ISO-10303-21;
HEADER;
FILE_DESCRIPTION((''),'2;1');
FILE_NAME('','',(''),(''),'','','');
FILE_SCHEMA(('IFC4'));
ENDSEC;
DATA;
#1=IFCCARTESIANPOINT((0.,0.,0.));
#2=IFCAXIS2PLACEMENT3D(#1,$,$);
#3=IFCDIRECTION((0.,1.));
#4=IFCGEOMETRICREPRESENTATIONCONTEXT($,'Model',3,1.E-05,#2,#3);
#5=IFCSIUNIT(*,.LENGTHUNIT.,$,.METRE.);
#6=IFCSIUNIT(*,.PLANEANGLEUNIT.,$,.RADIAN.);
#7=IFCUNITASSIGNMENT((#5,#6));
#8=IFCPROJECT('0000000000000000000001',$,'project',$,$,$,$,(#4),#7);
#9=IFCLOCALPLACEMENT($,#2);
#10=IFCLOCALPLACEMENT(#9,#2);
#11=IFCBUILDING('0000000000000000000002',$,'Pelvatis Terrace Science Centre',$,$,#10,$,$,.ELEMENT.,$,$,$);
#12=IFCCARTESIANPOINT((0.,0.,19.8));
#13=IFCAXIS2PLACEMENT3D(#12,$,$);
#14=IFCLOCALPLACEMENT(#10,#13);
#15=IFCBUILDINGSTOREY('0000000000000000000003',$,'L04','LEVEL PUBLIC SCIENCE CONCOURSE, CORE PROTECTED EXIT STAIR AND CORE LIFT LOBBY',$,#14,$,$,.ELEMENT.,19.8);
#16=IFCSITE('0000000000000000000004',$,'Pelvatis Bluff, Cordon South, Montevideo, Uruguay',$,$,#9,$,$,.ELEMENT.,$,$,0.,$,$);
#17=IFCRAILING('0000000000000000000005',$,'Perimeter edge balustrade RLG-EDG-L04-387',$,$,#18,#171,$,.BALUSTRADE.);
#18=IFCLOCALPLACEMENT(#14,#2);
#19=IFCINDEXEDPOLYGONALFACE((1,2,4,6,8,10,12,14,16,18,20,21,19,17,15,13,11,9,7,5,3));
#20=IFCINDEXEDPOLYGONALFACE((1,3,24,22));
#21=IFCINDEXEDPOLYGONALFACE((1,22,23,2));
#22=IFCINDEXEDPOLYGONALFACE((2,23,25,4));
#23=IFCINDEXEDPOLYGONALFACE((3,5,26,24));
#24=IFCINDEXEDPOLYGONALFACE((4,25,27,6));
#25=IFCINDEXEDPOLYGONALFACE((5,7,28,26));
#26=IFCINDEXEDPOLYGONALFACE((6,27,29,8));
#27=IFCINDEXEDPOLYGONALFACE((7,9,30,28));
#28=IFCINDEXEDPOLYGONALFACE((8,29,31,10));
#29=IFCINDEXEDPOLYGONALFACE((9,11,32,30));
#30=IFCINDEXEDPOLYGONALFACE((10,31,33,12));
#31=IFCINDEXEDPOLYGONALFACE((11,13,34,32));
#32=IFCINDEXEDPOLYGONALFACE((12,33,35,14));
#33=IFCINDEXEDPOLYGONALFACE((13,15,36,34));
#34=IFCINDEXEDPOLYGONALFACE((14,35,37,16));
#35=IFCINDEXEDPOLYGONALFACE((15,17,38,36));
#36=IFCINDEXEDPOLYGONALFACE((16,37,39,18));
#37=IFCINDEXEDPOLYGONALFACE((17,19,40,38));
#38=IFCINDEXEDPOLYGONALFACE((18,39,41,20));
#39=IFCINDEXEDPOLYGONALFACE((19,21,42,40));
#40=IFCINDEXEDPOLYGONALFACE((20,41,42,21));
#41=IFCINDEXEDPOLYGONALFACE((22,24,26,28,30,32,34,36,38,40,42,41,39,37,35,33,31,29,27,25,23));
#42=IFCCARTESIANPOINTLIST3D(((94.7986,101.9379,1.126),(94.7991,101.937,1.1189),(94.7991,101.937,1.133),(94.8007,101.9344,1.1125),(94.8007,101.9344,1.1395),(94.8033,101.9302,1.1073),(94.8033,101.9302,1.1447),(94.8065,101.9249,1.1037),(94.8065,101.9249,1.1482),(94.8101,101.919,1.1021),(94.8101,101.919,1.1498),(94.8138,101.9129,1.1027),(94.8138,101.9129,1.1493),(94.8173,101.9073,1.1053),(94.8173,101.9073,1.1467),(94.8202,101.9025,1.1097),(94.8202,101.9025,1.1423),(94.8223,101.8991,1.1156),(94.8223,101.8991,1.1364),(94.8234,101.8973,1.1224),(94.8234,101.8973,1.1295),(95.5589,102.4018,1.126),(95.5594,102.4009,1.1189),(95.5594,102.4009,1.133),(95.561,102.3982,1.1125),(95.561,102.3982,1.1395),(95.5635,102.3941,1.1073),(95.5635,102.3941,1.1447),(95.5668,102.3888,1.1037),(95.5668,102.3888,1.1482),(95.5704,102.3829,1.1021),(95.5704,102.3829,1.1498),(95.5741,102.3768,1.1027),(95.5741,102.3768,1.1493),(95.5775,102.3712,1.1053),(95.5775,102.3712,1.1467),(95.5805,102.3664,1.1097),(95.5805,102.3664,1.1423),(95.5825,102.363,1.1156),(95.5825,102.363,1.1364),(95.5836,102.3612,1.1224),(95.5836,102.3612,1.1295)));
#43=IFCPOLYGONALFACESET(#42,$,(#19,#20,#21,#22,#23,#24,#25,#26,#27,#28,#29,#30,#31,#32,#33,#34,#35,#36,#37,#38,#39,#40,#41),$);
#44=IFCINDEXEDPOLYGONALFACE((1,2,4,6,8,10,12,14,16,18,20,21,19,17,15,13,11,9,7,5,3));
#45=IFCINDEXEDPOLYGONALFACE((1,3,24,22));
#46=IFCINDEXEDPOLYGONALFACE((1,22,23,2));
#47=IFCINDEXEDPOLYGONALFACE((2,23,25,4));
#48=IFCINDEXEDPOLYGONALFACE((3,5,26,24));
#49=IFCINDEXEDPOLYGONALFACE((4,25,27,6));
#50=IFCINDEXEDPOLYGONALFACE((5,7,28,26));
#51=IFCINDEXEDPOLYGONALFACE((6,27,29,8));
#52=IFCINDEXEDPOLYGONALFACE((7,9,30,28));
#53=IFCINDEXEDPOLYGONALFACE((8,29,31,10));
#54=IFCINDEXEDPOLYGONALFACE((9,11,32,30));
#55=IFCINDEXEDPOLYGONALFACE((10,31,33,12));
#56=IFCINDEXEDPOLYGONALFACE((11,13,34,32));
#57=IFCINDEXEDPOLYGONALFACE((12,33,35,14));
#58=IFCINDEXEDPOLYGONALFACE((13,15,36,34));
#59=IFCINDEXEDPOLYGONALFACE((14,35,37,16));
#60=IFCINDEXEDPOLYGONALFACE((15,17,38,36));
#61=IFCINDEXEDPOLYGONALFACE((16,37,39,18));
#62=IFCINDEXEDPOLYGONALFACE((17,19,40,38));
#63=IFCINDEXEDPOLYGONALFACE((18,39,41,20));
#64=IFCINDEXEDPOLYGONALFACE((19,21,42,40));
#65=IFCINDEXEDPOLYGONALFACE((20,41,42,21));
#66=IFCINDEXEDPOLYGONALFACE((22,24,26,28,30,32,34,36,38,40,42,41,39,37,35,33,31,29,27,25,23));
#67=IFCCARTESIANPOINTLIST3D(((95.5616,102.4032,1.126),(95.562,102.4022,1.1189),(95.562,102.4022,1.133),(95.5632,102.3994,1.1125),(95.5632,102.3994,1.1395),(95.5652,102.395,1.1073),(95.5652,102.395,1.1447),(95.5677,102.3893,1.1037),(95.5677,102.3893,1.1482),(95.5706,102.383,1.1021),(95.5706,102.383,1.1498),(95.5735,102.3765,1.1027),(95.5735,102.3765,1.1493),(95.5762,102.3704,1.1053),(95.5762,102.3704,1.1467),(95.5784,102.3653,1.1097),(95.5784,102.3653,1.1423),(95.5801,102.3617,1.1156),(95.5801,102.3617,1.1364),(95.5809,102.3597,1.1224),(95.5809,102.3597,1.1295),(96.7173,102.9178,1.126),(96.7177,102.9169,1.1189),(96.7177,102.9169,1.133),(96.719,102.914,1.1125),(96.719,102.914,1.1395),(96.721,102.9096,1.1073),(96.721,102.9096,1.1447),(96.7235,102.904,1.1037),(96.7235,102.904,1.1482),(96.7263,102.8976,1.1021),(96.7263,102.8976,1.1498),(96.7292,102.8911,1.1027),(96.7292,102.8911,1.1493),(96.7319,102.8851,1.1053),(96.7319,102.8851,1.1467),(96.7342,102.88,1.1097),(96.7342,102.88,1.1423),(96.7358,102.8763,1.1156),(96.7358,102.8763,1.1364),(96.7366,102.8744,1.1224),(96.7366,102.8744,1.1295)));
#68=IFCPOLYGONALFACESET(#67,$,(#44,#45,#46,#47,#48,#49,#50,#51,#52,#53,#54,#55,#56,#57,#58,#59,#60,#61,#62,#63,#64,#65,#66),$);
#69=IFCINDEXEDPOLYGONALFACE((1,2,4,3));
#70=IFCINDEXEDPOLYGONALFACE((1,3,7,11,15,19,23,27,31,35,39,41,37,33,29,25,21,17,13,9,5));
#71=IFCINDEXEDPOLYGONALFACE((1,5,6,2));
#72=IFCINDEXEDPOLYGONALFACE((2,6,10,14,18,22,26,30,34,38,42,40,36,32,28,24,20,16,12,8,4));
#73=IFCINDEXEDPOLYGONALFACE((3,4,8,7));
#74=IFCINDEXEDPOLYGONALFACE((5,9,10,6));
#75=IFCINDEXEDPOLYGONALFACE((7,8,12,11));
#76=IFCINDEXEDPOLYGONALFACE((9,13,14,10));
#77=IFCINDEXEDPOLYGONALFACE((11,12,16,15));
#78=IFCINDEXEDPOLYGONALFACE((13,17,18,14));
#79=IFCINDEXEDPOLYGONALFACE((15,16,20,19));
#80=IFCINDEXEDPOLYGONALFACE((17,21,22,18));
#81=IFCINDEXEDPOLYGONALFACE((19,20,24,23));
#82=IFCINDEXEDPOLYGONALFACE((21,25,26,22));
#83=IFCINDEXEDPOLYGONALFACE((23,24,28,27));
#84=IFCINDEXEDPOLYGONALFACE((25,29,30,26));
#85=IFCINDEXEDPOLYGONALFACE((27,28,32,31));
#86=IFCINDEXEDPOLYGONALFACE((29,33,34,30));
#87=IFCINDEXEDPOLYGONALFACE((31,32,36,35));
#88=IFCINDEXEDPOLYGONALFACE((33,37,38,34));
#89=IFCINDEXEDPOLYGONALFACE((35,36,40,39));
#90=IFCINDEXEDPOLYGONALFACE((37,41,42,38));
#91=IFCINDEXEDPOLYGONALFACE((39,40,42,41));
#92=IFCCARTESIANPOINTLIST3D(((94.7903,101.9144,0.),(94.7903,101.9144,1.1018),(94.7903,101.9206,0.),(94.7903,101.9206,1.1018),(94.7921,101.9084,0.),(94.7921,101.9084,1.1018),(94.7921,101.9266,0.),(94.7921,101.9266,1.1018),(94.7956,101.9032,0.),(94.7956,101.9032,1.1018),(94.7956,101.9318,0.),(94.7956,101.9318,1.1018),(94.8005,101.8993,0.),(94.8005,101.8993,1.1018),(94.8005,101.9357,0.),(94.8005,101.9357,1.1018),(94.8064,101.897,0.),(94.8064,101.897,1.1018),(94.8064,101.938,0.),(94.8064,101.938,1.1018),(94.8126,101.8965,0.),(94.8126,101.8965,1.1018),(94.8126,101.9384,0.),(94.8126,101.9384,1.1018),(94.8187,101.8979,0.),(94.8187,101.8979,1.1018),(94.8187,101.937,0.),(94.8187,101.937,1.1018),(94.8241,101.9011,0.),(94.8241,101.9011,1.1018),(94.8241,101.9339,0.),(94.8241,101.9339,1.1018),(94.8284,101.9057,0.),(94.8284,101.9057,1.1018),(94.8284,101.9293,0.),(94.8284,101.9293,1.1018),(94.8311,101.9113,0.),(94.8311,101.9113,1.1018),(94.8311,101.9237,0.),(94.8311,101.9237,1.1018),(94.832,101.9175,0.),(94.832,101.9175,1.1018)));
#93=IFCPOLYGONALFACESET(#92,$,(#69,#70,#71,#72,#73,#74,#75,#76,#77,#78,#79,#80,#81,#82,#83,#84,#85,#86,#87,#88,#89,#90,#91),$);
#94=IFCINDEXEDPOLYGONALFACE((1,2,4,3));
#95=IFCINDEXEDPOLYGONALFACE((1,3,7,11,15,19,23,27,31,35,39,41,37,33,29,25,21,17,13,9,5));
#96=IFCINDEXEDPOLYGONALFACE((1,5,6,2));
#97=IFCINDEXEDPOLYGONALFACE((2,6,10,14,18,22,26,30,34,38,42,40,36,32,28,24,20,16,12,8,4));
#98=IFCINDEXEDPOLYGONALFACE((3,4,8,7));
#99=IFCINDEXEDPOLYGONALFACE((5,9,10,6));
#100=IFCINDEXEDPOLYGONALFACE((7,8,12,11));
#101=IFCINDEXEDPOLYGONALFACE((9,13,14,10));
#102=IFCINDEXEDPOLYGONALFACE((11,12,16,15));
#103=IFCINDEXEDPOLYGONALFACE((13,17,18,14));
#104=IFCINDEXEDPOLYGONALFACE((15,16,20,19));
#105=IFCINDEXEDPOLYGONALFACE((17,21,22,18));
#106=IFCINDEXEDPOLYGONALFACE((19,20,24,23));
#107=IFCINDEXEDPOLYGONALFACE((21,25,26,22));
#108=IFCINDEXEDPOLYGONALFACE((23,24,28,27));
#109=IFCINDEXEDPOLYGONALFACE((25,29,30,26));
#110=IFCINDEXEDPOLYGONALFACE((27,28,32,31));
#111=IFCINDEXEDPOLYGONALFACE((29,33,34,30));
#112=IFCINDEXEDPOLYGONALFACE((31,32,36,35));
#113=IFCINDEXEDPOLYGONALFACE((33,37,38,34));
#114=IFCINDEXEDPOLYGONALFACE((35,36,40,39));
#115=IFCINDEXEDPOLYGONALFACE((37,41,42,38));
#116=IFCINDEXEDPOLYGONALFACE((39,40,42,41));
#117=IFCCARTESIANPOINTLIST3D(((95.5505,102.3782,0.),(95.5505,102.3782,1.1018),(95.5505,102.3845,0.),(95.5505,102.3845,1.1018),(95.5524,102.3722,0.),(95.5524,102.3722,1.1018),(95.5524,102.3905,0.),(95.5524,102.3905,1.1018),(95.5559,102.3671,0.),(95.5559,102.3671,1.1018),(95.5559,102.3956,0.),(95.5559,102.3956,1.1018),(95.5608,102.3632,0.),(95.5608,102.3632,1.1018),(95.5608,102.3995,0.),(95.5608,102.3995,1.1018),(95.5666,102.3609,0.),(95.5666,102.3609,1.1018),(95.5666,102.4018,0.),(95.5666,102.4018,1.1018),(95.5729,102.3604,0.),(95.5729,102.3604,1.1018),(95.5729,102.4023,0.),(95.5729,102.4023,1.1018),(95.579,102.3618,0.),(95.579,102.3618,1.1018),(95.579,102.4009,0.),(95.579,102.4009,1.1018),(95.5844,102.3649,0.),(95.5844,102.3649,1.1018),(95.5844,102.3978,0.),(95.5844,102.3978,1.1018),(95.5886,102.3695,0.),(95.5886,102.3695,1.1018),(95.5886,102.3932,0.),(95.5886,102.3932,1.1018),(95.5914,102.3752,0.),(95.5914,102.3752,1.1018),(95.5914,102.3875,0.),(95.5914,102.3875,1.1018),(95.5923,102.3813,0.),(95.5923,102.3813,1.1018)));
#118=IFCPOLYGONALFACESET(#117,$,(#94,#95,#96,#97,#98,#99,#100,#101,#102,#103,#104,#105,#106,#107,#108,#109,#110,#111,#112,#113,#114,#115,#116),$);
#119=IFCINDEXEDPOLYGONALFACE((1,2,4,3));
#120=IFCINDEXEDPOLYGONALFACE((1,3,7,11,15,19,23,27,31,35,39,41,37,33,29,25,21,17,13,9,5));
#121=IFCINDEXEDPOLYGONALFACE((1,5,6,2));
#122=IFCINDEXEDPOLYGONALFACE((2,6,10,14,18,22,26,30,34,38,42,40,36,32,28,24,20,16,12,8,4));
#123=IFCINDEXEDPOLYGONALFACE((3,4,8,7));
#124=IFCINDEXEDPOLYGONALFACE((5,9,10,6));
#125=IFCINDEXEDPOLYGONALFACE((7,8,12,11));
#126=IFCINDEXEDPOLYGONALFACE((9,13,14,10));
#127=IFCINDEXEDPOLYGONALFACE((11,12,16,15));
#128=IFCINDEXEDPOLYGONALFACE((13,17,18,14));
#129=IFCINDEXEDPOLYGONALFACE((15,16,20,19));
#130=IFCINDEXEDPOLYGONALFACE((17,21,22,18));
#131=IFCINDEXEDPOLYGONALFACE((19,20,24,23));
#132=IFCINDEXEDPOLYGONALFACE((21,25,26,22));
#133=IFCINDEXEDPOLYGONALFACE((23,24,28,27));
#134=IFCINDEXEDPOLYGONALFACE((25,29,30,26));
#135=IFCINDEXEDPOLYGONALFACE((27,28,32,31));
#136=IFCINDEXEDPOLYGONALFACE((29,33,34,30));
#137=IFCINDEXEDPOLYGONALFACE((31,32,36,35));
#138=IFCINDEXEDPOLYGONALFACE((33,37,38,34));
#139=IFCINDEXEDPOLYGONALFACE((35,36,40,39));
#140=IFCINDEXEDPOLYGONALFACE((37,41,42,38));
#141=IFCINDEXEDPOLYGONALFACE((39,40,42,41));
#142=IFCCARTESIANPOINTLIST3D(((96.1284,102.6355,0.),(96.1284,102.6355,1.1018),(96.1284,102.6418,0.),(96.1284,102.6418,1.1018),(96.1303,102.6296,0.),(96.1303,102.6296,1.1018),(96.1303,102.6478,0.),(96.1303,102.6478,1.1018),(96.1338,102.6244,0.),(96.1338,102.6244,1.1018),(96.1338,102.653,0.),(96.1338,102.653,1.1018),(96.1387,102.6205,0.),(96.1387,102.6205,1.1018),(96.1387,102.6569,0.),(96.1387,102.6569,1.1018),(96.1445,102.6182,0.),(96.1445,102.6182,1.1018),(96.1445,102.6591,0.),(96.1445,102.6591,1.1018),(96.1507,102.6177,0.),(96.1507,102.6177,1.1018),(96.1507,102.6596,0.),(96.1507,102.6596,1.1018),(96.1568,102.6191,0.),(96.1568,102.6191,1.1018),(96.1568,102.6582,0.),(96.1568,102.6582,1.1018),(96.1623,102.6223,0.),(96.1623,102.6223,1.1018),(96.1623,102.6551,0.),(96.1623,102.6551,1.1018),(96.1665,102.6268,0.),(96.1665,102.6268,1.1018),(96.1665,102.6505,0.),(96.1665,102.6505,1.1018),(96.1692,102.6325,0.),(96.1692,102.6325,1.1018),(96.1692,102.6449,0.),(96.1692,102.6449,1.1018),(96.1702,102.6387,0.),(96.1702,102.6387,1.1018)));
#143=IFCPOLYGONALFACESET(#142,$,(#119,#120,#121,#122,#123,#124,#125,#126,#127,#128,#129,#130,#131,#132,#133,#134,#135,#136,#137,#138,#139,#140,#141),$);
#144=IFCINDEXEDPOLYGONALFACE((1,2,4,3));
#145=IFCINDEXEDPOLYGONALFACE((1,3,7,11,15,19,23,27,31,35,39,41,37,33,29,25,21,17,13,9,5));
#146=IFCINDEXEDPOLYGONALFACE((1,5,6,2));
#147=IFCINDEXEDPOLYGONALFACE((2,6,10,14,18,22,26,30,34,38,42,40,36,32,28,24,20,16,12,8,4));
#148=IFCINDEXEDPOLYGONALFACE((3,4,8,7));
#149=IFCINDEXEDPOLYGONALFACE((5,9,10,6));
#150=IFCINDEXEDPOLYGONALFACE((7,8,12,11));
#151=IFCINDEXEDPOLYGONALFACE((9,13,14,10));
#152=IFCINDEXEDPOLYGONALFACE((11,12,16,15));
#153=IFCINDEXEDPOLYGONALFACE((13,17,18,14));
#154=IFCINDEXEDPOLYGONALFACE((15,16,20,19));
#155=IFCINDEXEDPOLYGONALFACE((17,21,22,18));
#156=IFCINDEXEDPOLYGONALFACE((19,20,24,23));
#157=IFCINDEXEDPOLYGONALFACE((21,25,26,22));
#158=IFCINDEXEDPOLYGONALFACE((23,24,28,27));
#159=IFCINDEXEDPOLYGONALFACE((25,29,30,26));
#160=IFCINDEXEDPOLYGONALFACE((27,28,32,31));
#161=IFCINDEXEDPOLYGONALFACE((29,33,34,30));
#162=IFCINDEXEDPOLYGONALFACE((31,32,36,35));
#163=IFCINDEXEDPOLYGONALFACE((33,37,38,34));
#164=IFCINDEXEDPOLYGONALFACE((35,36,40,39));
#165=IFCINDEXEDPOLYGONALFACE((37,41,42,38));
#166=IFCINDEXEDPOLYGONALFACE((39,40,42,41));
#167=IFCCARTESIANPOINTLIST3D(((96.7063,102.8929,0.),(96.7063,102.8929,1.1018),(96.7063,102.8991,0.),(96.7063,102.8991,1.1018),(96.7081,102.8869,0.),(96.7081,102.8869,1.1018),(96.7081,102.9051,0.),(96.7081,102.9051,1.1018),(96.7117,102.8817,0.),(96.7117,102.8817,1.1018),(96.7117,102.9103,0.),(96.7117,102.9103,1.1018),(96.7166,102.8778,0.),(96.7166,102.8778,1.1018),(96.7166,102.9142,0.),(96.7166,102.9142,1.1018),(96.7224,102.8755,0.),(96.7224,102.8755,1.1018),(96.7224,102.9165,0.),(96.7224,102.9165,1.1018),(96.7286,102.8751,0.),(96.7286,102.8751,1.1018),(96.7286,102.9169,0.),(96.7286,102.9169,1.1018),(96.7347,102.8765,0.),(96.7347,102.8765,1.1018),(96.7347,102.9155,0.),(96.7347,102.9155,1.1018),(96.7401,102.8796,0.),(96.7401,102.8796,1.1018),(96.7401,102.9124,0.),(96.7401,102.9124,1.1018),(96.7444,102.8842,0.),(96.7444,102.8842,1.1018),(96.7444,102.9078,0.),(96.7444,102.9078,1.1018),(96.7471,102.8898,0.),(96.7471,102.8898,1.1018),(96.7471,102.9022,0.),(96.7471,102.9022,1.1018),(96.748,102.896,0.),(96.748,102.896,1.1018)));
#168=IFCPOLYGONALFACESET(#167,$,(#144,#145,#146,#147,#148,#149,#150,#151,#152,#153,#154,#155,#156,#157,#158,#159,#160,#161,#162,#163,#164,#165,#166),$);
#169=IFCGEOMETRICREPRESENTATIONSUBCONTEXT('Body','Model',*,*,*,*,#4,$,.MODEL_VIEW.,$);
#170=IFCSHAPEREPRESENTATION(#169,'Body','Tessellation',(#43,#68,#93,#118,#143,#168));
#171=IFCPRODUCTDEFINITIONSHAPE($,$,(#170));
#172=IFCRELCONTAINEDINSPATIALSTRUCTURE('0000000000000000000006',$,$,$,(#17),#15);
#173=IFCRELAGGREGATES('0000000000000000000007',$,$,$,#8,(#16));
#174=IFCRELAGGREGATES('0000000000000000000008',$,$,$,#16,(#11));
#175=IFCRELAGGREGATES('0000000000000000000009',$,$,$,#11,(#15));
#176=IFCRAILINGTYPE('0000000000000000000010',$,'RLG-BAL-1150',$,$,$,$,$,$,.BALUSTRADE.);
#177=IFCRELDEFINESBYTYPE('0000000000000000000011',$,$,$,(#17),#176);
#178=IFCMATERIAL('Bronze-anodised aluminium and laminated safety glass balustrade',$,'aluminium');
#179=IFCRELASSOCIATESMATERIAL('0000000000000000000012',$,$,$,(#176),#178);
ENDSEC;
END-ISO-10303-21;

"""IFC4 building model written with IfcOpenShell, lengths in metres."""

from ifc_helpers import new_model, si_unit, direction, frame, origin, origin_2d, place, context, subcontext, project, spatial, circle, extrude, material, type_object, element, save


model = new_model("IFC4")

# Units and contexts
model_context = context("Model", 3, precision=1e-05, world=origin(), true_north=direction((0.0, 1.0)))
body_context = subcontext(model_context, "Body", "Model", "MODEL_VIEW")
ifc_project = project(units=[si_unit("LENGTHUNIT", "METRE"), si_unit("PLANEANGLEUNIT", "RADIAN")], contexts=[model_context])

# Site, building, storey
site_placement = place(None, origin())
site = spatial("IfcSite", under=ifc_project, at=site_placement, Name="Pelvatis Bluff, Cordon South, Montevideo, Uruguay", CompositionType="ELEMENT", RefElevation=0.0)
building_placement = place(site_placement, origin())
building = spatial("IfcBuilding", under=site, at=building_placement, Name="Pelvatis Terrace Science Centre", CompositionType="ELEMENT")
storey_placement = place(building_placement, frame((0.0, 0.0, 19.8)))
storey = spatial("IfcBuildingStorey", under=building, at=storey_placement, Name="L04", Description="LEVEL PUBLIC SCIENCE CONCOURSE, CORE PROTECTED EXIT STAIR AND CORE LIFT LOBBY", CompositionType="ELEMENT", Elevation=19.8)

# Railing
ifc_material_1 = material(Name="Bronze-anodised aluminium and laminated safety glass balustrade", Category="aluminium")
railing_type = type_object("IfcRailingType", Name="RLG-BAL-1150", PredefinedType="BALUSTRADE", material=ifc_material_1)
railing_1_placement = place(storey_placement, frame((94.811, 101.9175, 0.0)))
element("IfcRailing", 1, at=railing_1_placement, inside=storey, type_object=railing_type, Name="Perimeter edge balustrade RLG-EDG-L04-387", PredefinedType="BALUSTRADE", context=body_context, shape_type="SweptSolid", body=[
    extrude(circle(Radius=0.0239, at=origin_2d()), frame((0.0, 0.0, 1.126), z_axis=(0.853648, 0.520851, 0.0), x_axis=(-0.520851, 0.853648, 0.0)), (0.0, 0.0, 1.0), 0.8906),
    extrude(circle(Radius=0.0239, at=origin_2d()), frame((0.7603, 0.4639, 1.126), z_axis=(0.913525, 0.406783, 0.0), x_axis=(-0.406783, 0.913525, 0.0)), (0.0, 0.0, 1.0), 1.2651),
    extrude(circle(Radius=0.021, at=origin_2d()), origin(), (0.0, 0.0, 1.0), 1.1018),
    extrude(circle(Radius=0.021, at=origin_2d()), frame((0.7603, 0.4639, 0.0)), (0.0, 0.0, 1.0), 1.1018),
    extrude(circle(Radius=0.021, at=origin_2d()), frame((1.3381, 0.7212, 0.0)), (0.0, 0.0, 1.0), 1.1018),
    extrude(circle(Radius=0.021, at=origin_2d()), frame((1.916, 0.9785, 0.0)), (0.0, 0.0, 1.0), 1.1018),
])

save(model, "model.ifc")
